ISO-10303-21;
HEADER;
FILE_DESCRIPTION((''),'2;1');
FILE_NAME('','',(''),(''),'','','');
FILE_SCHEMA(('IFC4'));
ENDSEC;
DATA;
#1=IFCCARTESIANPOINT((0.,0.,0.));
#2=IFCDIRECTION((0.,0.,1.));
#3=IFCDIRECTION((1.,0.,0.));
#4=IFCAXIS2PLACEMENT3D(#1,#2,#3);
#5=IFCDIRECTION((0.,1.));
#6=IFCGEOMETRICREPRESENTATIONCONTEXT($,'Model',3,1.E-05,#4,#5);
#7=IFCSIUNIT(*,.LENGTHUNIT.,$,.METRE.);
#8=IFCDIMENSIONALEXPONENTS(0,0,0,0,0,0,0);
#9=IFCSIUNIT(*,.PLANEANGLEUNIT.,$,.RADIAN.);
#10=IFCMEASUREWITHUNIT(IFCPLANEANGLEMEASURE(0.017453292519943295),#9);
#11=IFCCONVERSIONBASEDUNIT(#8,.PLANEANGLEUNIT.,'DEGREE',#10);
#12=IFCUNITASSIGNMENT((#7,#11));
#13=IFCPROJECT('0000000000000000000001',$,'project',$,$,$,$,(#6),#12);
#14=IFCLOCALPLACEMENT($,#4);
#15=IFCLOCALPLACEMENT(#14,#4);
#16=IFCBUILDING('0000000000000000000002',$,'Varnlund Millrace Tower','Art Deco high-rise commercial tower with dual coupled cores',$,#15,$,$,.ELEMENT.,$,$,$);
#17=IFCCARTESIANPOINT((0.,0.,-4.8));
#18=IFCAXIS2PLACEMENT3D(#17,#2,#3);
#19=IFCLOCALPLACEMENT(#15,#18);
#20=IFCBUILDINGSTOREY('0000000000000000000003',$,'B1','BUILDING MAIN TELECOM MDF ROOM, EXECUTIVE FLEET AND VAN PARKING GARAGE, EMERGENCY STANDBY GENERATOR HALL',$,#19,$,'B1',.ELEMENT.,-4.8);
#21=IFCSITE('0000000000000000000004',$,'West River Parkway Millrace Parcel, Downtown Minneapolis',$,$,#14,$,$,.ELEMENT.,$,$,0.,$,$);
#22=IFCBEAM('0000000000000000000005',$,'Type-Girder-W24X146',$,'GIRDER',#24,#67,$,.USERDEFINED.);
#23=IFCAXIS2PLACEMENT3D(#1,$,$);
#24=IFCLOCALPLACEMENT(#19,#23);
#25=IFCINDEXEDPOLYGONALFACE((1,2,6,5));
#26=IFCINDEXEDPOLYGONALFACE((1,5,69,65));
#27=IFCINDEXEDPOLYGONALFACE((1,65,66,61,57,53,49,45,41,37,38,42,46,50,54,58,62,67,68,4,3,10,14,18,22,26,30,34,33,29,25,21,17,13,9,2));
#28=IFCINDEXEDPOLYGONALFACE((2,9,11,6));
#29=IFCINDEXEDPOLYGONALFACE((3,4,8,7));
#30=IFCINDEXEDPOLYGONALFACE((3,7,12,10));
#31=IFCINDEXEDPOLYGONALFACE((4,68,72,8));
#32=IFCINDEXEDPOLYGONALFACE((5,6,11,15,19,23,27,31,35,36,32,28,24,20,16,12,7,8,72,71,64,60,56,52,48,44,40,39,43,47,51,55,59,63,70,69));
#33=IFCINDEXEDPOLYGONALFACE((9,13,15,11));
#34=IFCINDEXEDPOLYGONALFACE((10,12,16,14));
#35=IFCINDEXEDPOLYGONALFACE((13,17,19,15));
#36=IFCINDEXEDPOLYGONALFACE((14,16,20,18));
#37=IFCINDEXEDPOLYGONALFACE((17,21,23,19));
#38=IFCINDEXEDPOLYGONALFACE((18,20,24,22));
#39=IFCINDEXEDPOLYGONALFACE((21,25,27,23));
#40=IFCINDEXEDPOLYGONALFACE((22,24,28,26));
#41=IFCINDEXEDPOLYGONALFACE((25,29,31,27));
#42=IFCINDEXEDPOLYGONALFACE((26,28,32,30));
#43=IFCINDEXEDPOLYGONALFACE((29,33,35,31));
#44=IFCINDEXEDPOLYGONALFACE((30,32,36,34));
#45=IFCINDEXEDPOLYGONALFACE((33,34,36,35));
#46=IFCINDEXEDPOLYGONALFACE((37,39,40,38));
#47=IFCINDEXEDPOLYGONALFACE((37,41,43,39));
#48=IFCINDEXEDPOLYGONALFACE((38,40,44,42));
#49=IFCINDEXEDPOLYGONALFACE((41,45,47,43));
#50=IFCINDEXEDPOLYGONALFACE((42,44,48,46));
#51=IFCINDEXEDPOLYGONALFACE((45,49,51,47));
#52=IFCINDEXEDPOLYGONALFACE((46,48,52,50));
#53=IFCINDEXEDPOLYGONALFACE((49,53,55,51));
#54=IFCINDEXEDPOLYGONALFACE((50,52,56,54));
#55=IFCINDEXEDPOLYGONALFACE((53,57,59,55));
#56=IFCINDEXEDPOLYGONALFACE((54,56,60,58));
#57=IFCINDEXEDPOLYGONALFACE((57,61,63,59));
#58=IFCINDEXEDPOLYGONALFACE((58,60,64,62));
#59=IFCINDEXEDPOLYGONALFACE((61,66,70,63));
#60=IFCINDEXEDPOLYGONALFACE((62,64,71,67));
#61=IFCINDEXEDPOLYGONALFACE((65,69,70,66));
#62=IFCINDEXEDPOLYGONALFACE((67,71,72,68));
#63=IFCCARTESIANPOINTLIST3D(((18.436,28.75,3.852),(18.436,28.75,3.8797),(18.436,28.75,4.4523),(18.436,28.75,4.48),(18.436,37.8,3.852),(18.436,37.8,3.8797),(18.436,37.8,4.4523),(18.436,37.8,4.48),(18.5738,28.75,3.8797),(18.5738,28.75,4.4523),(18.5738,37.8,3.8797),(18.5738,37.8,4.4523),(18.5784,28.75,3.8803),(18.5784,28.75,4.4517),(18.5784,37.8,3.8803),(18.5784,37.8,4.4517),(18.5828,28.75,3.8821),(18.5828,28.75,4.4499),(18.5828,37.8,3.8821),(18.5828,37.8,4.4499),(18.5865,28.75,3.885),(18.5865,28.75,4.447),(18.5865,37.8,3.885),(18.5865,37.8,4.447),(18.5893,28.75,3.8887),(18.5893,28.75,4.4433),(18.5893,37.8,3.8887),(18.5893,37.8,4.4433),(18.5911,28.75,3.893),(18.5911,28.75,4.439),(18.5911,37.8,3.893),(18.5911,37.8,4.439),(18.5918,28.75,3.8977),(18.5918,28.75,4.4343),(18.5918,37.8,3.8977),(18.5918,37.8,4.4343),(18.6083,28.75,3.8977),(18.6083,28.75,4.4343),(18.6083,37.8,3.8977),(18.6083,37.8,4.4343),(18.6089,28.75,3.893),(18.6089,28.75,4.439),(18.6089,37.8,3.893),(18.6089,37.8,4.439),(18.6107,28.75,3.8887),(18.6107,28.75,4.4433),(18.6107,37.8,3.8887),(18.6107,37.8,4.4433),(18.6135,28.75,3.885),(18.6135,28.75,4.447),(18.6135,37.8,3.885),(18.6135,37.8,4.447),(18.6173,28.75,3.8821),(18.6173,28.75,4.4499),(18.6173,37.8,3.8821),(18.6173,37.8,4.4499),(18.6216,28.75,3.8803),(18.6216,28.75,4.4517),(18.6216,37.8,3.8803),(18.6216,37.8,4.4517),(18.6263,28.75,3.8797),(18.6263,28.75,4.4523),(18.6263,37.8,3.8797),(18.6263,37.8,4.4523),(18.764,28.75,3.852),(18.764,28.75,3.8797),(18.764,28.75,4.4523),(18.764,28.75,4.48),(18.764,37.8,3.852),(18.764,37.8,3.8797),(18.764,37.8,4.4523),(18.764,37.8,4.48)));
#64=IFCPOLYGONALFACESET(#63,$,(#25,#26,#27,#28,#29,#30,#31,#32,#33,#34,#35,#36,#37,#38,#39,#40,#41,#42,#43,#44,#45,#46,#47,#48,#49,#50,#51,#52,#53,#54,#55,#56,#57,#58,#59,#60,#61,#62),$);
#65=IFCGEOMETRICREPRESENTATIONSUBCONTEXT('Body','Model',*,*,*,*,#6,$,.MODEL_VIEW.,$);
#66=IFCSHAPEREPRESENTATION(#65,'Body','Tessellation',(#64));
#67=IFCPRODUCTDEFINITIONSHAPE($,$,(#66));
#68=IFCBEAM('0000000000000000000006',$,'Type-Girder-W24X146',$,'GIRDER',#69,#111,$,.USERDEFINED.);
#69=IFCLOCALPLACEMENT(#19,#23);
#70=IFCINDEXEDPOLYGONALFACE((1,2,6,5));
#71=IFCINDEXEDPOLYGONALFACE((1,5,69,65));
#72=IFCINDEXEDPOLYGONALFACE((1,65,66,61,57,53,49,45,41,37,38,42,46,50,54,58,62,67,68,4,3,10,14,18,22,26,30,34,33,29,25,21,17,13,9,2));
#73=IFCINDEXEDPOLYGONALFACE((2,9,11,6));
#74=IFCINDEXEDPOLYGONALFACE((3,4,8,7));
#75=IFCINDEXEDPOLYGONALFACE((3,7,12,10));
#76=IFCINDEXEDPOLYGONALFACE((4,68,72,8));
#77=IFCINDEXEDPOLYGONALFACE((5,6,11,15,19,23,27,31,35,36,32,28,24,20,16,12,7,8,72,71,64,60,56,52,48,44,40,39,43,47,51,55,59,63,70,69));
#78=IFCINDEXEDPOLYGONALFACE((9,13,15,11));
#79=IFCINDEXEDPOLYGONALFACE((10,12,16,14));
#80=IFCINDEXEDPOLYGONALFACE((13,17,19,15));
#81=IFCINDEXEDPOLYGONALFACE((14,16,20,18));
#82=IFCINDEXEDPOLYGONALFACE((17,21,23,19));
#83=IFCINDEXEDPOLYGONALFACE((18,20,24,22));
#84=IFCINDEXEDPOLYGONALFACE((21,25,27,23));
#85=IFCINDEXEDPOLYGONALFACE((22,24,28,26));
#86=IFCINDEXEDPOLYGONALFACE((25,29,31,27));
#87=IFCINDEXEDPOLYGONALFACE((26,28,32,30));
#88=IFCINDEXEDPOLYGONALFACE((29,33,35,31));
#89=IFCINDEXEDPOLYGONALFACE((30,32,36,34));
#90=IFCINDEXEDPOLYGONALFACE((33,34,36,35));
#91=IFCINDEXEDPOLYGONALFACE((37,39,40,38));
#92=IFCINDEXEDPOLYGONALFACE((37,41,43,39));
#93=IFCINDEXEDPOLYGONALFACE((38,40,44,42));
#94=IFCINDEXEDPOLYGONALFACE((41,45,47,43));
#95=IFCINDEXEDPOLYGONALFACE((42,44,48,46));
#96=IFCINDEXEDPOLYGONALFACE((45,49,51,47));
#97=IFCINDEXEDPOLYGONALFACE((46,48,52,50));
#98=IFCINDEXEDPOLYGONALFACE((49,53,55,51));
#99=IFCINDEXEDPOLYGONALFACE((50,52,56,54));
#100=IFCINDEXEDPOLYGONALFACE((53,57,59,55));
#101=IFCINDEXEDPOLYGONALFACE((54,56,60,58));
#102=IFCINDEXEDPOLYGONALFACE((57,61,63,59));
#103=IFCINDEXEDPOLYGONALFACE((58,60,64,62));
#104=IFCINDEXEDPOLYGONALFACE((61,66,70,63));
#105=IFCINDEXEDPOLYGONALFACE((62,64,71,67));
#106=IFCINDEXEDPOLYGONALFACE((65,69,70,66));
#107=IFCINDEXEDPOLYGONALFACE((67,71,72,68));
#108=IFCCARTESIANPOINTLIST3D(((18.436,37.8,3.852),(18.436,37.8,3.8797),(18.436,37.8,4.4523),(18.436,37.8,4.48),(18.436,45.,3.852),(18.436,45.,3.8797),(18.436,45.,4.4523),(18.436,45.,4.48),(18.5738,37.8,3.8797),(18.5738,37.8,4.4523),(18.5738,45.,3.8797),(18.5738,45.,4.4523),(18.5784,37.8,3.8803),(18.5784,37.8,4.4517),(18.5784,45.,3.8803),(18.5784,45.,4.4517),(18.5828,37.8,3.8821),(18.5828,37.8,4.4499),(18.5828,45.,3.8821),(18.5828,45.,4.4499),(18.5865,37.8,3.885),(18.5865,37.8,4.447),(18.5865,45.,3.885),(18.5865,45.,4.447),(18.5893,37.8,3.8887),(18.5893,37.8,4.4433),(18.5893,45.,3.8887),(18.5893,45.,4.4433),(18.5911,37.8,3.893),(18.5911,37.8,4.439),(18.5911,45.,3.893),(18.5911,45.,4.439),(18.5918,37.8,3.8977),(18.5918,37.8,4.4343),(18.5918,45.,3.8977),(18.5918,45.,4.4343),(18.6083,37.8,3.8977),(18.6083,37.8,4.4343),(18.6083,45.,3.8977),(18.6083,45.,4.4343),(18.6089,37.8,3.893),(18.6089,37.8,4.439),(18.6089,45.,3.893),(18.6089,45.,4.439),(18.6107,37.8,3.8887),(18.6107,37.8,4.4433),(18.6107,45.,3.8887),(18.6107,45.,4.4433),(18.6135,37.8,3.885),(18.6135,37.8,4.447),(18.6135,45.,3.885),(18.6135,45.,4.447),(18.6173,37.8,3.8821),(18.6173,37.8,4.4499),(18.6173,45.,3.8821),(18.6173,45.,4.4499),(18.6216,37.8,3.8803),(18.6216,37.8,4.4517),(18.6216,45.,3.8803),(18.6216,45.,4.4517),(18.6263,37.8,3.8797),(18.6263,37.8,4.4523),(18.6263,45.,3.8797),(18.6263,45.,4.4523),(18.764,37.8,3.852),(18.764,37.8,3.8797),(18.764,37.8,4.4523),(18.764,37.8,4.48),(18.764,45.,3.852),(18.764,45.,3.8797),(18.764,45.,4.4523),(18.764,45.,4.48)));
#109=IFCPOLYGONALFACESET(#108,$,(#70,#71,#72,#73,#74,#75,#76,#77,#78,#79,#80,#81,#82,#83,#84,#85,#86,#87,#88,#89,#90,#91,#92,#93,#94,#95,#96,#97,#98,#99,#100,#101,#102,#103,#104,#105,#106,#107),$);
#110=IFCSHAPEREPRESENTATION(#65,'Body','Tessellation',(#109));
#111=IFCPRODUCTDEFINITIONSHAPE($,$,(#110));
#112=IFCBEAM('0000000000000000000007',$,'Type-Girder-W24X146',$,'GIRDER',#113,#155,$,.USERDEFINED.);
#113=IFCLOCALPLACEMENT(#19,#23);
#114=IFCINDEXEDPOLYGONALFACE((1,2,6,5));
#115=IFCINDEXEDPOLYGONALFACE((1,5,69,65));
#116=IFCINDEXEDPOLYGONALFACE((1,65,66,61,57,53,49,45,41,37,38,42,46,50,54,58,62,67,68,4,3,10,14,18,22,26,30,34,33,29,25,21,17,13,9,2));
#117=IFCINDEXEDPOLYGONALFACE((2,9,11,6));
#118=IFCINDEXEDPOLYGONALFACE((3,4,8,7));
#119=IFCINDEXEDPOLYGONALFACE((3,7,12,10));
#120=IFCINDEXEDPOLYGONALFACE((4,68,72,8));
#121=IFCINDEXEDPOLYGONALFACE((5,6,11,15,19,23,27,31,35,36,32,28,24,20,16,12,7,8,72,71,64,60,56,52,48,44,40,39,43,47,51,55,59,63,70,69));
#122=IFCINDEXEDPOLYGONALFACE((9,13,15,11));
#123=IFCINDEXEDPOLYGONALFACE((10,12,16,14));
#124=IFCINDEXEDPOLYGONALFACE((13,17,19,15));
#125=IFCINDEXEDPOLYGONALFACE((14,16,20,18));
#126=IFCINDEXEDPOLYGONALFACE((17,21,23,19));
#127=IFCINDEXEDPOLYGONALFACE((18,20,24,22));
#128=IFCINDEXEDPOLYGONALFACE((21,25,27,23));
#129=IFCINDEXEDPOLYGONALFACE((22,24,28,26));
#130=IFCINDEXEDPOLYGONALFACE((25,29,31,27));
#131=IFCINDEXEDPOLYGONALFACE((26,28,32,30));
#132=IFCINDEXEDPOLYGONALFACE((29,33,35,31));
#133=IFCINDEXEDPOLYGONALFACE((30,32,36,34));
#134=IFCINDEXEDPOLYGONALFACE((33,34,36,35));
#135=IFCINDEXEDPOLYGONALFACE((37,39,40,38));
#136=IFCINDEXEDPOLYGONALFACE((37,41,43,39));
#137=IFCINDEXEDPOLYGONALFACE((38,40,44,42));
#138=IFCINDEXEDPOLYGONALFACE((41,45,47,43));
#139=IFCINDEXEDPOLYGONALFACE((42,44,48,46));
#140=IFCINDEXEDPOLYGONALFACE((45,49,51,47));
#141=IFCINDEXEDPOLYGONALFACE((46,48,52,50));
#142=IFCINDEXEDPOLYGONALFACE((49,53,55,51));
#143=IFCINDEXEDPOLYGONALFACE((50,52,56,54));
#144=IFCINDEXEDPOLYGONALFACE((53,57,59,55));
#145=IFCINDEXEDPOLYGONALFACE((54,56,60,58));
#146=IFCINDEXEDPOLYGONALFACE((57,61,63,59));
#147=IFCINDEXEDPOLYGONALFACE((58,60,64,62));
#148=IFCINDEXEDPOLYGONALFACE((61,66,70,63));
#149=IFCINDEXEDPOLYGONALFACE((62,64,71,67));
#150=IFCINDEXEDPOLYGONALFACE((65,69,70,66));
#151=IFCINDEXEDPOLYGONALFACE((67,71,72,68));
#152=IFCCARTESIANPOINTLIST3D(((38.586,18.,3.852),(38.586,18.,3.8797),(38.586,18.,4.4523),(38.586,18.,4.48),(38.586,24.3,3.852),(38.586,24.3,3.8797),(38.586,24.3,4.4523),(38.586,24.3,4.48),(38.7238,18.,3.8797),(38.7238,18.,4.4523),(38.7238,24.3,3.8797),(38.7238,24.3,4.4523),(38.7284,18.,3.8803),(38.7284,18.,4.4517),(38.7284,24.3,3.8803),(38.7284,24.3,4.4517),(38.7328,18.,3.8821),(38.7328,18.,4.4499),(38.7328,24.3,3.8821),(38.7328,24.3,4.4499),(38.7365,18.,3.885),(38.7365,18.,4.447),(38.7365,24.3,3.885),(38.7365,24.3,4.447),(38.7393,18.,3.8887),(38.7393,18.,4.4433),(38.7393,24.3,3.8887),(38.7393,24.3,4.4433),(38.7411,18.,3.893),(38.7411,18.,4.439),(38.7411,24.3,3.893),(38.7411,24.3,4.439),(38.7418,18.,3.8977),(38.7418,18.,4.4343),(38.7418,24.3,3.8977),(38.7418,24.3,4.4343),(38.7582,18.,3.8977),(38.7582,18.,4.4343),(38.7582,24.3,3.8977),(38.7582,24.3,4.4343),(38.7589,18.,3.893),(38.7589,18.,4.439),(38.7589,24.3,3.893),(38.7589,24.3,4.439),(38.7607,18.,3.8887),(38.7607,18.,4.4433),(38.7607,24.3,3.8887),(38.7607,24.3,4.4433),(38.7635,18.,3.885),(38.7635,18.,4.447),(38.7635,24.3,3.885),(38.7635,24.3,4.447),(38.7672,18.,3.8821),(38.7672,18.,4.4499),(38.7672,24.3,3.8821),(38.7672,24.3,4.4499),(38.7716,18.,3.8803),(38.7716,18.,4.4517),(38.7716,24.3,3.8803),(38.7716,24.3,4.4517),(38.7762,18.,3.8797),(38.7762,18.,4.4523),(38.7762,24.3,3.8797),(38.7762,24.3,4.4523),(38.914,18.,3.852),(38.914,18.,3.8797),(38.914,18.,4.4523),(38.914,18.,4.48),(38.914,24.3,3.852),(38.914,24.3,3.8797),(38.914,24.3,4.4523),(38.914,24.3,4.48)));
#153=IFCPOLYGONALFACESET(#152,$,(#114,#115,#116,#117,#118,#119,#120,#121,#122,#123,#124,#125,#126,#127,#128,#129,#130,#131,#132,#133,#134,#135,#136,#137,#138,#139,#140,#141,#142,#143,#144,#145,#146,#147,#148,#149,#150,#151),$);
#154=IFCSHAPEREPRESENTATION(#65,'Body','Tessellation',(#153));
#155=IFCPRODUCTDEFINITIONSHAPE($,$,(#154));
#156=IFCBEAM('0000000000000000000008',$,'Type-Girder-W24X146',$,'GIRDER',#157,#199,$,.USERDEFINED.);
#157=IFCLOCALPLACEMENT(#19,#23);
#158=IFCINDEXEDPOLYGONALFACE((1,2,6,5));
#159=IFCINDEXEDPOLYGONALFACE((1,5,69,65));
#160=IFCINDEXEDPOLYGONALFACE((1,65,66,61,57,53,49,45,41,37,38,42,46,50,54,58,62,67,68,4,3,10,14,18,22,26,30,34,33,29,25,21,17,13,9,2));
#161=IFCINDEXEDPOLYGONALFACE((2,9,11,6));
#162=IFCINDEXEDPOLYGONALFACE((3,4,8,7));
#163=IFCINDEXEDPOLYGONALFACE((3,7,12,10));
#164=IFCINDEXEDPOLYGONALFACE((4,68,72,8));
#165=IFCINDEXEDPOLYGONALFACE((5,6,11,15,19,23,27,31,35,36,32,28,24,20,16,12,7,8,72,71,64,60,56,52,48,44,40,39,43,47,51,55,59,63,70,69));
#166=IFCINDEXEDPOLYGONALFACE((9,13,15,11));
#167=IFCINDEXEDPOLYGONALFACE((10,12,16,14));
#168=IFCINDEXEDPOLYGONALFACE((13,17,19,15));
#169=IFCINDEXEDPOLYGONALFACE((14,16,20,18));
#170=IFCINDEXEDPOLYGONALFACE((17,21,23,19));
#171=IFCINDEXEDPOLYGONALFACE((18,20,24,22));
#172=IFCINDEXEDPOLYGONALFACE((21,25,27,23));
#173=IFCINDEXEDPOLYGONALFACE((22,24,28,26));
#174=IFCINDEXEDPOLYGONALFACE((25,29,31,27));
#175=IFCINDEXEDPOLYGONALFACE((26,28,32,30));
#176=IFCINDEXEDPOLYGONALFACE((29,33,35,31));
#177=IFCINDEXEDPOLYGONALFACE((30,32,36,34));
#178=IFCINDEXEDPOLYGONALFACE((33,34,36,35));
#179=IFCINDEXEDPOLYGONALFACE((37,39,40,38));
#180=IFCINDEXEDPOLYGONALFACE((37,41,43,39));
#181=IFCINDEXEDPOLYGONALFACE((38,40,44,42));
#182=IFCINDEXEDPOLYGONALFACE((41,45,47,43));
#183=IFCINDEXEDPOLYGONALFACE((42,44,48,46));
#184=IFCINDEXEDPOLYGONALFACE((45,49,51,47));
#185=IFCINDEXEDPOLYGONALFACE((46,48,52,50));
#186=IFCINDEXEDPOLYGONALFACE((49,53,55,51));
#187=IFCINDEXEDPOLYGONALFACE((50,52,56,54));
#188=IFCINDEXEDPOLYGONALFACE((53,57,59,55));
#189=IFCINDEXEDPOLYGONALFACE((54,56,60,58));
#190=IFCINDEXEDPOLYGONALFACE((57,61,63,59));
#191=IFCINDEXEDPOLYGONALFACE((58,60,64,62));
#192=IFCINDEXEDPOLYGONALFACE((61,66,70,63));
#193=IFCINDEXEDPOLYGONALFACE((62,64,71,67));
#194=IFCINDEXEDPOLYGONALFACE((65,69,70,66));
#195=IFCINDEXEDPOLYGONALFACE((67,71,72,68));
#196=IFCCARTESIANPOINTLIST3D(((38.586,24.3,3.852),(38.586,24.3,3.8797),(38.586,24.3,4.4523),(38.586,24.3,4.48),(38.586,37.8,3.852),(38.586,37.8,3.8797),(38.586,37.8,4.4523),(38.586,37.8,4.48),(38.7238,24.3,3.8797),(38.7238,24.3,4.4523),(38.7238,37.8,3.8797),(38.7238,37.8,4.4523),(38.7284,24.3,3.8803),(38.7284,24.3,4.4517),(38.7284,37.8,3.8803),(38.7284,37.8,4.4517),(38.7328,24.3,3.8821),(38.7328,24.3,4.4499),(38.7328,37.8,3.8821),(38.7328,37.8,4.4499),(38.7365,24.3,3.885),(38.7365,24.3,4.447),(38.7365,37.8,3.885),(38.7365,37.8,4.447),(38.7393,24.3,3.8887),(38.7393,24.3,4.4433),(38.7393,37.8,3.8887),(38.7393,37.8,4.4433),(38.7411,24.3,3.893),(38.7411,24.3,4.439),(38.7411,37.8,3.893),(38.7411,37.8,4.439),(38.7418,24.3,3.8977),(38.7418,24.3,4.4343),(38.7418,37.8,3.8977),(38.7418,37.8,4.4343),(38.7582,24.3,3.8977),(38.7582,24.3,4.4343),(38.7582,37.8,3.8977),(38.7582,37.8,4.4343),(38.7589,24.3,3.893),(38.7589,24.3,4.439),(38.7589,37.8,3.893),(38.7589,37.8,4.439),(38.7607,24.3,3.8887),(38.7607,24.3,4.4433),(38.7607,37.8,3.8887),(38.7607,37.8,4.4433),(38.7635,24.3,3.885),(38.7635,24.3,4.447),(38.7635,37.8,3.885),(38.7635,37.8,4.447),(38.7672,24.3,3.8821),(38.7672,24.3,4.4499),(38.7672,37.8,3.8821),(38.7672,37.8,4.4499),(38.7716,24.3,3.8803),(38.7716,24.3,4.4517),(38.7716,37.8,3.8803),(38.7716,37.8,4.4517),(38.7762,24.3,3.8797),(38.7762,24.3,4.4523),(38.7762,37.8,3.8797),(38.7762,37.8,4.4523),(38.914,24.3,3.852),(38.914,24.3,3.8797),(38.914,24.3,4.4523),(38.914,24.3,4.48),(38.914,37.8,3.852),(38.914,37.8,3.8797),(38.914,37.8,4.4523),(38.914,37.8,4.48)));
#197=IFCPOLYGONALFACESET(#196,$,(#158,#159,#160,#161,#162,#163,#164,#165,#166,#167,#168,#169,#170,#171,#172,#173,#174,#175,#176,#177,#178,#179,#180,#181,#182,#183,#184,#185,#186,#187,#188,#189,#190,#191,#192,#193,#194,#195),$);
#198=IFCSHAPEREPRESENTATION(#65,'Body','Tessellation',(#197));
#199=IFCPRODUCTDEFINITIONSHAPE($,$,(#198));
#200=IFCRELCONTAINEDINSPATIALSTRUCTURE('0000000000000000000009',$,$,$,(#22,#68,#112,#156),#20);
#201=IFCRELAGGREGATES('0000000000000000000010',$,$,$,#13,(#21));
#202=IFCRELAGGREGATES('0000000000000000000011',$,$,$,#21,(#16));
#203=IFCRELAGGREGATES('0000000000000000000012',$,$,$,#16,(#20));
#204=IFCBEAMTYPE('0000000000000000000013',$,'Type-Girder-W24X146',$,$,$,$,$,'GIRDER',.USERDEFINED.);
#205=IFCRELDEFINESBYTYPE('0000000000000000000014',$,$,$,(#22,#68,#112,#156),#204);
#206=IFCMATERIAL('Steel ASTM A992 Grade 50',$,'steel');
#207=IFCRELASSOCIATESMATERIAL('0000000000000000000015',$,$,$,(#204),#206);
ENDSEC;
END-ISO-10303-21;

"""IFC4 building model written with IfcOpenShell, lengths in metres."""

from ifc_helpers import new_model, entity, si_unit, converted_unit, direction, frame, origin_with_axes, origin_2d_with_axis, place, context, subcontext, project, spatial, i_section, extrude, material, material_profile, profile_set, type_object, element, save


model = new_model("IFC4")

# Units and contexts
model_context = context("Model", 3, precision=1e-05, world=origin_with_axes(), true_north=direction((0.0, 1.0)))
body_context = subcontext(model_context, "Body", "Model", "MODEL_VIEW")
ifc_project = project(units=[si_unit("LENGTHUNIT", "METRE"), converted_unit("PLANEANGLEUNIT", "DEGREE", entity("IfcPlaneAngleMeasure", 0.017453292519943295), si_unit("PLANEANGLEUNIT", "RADIAN"), dimensions=[0, 0, 0, 0, 0, 0, 0])], contexts=[model_context])

# Site, building, storey
site_placement = place(None, origin_with_axes())
site = spatial("IfcSite", under=ifc_project, at=site_placement, Name="West River Parkway Millrace Parcel, Downtown Minneapolis", CompositionType="ELEMENT", RefElevation=0.0)
building_placement = place(site_placement, origin_with_axes())
building = spatial("IfcBuilding", under=site, at=building_placement, Name="Varnlund Millrace Tower", Description="Art Deco high-rise commercial tower with dual coupled cores", CompositionType="ELEMENT")
storey_placement = place(building_placement, frame((0.0, 0.0, -4.8), z_axis=(0.0, 0.0, 1.0), x_axis=(1.0, 0.0, 0.0)))
storey = spatial("IfcBuildingStorey", under=building, at=storey_placement, Name="B1", Description="BUILDING MAIN TELECOM MDF ROOM, EXECUTIVE FLEET AND VAN PARKING GARAGE, EMERGENCY STANDBY GENERATOR HALL", LongName="B1", CompositionType="ELEMENT", Elevation=-4.8)

# Beams
ifc_material_1 = material(Name="Steel ASTM A992 Grade 50", Category="steel")
ifc_material_profile_1 = material_profile(ifc_material_1, i_section(OverallWidth=0.328, OverallDepth=0.628, WebThickness=0.0165, FlangeThickness=0.0277, FilletRadius=0.018, at=origin_2d_with_axis()), Name="Steel ASTM A992 Grade 50")
ifc_profile_set_1 = profile_set([ifc_material_profile_1], Name="Steel ASTM A992 Grade 50")
beam_type_1 = type_object("IfcBeamType", Name="Type-Girder-W24X146", ElementType="GIRDER", PredefinedType="USERDEFINED", material=ifc_profile_set_1)
beam_1_placement = place(storey_placement, frame((18.6, 28.75, 4.166), z_axis=(0.0, 1.0, 0.0), x_axis=(-1.0, 0.0, 0.0)))
element("IfcBeam", 1, at=beam_1_placement, inside=storey, type_object=beam_type_1, Name="Type-Girder-W24X146", ObjectType="GIRDER", PredefinedType="USERDEFINED", context=body_context, shape_type="SweptSolid", body=[
    extrude(i_section(OverallWidth=0.328, OverallDepth=0.628, WebThickness=0.0165, FlangeThickness=0.0277, FilletRadius=0.018, at=origin_2d_with_axis()), origin_with_axes(), (0.0, 0.0, 1.0), 9.05),
])
beam_2_placement = place(storey_placement, frame((18.6, 37.8, 4.166), z_axis=(0.0, 1.0, 0.0), x_axis=(-1.0, 0.0, 0.0)))
element("IfcBeam", 2, at=beam_2_placement, inside=storey, type_object=beam_type_1, Name="Type-Girder-W24X146", ObjectType="GIRDER", PredefinedType="USERDEFINED", context=body_context, shape_type="SweptSolid", body=[
    extrude(i_section(OverallWidth=0.328, OverallDepth=0.628, WebThickness=0.0165, FlangeThickness=0.0277, FilletRadius=0.018, at=origin_2d_with_axis()), origin_with_axes(), (0.0, 0.0, 1.0), 7.2),
])
beam_3_placement = place(storey_placement, frame((38.75, 18.0, 4.166), z_axis=(0.0, 1.0, 0.0), x_axis=(-1.0, 0.0, 0.0)))
element("IfcBeam", 3, at=beam_3_placement, inside=storey, type_object=beam_type_1, Name="Type-Girder-W24X146", ObjectType="GIRDER", PredefinedType="USERDEFINED", context=body_context, shape_type="SweptSolid", body=[
    extrude(i_section(OverallWidth=0.328, OverallDepth=0.628, WebThickness=0.0165, FlangeThickness=0.0277, FilletRadius=0.018, at=origin_2d_with_axis()), origin_with_axes(), (0.0, 0.0, 1.0), 6.3),
])
beam_4_placement = place(storey_placement, frame((38.75, 24.3, 4.166), z_axis=(0.0, 1.0, 0.0), x_axis=(-1.0, 0.0, 0.0)))
element("IfcBeam", 4, at=beam_4_placement, inside=storey, type_object=beam_type_1, Name="Type-Girder-W24X146", ObjectType="GIRDER", PredefinedType="USERDEFINED", context=body_context, shape_type="SweptSolid", body=[
    extrude(i_section(OverallWidth=0.328, OverallDepth=0.628, WebThickness=0.0165, FlangeThickness=0.0277, FilletRadius=0.018, at=origin_2d_with_axis()), origin_with_axes(), (0.0, 0.0, 1.0), 13.5),
])

save(model, "model.ifc")
